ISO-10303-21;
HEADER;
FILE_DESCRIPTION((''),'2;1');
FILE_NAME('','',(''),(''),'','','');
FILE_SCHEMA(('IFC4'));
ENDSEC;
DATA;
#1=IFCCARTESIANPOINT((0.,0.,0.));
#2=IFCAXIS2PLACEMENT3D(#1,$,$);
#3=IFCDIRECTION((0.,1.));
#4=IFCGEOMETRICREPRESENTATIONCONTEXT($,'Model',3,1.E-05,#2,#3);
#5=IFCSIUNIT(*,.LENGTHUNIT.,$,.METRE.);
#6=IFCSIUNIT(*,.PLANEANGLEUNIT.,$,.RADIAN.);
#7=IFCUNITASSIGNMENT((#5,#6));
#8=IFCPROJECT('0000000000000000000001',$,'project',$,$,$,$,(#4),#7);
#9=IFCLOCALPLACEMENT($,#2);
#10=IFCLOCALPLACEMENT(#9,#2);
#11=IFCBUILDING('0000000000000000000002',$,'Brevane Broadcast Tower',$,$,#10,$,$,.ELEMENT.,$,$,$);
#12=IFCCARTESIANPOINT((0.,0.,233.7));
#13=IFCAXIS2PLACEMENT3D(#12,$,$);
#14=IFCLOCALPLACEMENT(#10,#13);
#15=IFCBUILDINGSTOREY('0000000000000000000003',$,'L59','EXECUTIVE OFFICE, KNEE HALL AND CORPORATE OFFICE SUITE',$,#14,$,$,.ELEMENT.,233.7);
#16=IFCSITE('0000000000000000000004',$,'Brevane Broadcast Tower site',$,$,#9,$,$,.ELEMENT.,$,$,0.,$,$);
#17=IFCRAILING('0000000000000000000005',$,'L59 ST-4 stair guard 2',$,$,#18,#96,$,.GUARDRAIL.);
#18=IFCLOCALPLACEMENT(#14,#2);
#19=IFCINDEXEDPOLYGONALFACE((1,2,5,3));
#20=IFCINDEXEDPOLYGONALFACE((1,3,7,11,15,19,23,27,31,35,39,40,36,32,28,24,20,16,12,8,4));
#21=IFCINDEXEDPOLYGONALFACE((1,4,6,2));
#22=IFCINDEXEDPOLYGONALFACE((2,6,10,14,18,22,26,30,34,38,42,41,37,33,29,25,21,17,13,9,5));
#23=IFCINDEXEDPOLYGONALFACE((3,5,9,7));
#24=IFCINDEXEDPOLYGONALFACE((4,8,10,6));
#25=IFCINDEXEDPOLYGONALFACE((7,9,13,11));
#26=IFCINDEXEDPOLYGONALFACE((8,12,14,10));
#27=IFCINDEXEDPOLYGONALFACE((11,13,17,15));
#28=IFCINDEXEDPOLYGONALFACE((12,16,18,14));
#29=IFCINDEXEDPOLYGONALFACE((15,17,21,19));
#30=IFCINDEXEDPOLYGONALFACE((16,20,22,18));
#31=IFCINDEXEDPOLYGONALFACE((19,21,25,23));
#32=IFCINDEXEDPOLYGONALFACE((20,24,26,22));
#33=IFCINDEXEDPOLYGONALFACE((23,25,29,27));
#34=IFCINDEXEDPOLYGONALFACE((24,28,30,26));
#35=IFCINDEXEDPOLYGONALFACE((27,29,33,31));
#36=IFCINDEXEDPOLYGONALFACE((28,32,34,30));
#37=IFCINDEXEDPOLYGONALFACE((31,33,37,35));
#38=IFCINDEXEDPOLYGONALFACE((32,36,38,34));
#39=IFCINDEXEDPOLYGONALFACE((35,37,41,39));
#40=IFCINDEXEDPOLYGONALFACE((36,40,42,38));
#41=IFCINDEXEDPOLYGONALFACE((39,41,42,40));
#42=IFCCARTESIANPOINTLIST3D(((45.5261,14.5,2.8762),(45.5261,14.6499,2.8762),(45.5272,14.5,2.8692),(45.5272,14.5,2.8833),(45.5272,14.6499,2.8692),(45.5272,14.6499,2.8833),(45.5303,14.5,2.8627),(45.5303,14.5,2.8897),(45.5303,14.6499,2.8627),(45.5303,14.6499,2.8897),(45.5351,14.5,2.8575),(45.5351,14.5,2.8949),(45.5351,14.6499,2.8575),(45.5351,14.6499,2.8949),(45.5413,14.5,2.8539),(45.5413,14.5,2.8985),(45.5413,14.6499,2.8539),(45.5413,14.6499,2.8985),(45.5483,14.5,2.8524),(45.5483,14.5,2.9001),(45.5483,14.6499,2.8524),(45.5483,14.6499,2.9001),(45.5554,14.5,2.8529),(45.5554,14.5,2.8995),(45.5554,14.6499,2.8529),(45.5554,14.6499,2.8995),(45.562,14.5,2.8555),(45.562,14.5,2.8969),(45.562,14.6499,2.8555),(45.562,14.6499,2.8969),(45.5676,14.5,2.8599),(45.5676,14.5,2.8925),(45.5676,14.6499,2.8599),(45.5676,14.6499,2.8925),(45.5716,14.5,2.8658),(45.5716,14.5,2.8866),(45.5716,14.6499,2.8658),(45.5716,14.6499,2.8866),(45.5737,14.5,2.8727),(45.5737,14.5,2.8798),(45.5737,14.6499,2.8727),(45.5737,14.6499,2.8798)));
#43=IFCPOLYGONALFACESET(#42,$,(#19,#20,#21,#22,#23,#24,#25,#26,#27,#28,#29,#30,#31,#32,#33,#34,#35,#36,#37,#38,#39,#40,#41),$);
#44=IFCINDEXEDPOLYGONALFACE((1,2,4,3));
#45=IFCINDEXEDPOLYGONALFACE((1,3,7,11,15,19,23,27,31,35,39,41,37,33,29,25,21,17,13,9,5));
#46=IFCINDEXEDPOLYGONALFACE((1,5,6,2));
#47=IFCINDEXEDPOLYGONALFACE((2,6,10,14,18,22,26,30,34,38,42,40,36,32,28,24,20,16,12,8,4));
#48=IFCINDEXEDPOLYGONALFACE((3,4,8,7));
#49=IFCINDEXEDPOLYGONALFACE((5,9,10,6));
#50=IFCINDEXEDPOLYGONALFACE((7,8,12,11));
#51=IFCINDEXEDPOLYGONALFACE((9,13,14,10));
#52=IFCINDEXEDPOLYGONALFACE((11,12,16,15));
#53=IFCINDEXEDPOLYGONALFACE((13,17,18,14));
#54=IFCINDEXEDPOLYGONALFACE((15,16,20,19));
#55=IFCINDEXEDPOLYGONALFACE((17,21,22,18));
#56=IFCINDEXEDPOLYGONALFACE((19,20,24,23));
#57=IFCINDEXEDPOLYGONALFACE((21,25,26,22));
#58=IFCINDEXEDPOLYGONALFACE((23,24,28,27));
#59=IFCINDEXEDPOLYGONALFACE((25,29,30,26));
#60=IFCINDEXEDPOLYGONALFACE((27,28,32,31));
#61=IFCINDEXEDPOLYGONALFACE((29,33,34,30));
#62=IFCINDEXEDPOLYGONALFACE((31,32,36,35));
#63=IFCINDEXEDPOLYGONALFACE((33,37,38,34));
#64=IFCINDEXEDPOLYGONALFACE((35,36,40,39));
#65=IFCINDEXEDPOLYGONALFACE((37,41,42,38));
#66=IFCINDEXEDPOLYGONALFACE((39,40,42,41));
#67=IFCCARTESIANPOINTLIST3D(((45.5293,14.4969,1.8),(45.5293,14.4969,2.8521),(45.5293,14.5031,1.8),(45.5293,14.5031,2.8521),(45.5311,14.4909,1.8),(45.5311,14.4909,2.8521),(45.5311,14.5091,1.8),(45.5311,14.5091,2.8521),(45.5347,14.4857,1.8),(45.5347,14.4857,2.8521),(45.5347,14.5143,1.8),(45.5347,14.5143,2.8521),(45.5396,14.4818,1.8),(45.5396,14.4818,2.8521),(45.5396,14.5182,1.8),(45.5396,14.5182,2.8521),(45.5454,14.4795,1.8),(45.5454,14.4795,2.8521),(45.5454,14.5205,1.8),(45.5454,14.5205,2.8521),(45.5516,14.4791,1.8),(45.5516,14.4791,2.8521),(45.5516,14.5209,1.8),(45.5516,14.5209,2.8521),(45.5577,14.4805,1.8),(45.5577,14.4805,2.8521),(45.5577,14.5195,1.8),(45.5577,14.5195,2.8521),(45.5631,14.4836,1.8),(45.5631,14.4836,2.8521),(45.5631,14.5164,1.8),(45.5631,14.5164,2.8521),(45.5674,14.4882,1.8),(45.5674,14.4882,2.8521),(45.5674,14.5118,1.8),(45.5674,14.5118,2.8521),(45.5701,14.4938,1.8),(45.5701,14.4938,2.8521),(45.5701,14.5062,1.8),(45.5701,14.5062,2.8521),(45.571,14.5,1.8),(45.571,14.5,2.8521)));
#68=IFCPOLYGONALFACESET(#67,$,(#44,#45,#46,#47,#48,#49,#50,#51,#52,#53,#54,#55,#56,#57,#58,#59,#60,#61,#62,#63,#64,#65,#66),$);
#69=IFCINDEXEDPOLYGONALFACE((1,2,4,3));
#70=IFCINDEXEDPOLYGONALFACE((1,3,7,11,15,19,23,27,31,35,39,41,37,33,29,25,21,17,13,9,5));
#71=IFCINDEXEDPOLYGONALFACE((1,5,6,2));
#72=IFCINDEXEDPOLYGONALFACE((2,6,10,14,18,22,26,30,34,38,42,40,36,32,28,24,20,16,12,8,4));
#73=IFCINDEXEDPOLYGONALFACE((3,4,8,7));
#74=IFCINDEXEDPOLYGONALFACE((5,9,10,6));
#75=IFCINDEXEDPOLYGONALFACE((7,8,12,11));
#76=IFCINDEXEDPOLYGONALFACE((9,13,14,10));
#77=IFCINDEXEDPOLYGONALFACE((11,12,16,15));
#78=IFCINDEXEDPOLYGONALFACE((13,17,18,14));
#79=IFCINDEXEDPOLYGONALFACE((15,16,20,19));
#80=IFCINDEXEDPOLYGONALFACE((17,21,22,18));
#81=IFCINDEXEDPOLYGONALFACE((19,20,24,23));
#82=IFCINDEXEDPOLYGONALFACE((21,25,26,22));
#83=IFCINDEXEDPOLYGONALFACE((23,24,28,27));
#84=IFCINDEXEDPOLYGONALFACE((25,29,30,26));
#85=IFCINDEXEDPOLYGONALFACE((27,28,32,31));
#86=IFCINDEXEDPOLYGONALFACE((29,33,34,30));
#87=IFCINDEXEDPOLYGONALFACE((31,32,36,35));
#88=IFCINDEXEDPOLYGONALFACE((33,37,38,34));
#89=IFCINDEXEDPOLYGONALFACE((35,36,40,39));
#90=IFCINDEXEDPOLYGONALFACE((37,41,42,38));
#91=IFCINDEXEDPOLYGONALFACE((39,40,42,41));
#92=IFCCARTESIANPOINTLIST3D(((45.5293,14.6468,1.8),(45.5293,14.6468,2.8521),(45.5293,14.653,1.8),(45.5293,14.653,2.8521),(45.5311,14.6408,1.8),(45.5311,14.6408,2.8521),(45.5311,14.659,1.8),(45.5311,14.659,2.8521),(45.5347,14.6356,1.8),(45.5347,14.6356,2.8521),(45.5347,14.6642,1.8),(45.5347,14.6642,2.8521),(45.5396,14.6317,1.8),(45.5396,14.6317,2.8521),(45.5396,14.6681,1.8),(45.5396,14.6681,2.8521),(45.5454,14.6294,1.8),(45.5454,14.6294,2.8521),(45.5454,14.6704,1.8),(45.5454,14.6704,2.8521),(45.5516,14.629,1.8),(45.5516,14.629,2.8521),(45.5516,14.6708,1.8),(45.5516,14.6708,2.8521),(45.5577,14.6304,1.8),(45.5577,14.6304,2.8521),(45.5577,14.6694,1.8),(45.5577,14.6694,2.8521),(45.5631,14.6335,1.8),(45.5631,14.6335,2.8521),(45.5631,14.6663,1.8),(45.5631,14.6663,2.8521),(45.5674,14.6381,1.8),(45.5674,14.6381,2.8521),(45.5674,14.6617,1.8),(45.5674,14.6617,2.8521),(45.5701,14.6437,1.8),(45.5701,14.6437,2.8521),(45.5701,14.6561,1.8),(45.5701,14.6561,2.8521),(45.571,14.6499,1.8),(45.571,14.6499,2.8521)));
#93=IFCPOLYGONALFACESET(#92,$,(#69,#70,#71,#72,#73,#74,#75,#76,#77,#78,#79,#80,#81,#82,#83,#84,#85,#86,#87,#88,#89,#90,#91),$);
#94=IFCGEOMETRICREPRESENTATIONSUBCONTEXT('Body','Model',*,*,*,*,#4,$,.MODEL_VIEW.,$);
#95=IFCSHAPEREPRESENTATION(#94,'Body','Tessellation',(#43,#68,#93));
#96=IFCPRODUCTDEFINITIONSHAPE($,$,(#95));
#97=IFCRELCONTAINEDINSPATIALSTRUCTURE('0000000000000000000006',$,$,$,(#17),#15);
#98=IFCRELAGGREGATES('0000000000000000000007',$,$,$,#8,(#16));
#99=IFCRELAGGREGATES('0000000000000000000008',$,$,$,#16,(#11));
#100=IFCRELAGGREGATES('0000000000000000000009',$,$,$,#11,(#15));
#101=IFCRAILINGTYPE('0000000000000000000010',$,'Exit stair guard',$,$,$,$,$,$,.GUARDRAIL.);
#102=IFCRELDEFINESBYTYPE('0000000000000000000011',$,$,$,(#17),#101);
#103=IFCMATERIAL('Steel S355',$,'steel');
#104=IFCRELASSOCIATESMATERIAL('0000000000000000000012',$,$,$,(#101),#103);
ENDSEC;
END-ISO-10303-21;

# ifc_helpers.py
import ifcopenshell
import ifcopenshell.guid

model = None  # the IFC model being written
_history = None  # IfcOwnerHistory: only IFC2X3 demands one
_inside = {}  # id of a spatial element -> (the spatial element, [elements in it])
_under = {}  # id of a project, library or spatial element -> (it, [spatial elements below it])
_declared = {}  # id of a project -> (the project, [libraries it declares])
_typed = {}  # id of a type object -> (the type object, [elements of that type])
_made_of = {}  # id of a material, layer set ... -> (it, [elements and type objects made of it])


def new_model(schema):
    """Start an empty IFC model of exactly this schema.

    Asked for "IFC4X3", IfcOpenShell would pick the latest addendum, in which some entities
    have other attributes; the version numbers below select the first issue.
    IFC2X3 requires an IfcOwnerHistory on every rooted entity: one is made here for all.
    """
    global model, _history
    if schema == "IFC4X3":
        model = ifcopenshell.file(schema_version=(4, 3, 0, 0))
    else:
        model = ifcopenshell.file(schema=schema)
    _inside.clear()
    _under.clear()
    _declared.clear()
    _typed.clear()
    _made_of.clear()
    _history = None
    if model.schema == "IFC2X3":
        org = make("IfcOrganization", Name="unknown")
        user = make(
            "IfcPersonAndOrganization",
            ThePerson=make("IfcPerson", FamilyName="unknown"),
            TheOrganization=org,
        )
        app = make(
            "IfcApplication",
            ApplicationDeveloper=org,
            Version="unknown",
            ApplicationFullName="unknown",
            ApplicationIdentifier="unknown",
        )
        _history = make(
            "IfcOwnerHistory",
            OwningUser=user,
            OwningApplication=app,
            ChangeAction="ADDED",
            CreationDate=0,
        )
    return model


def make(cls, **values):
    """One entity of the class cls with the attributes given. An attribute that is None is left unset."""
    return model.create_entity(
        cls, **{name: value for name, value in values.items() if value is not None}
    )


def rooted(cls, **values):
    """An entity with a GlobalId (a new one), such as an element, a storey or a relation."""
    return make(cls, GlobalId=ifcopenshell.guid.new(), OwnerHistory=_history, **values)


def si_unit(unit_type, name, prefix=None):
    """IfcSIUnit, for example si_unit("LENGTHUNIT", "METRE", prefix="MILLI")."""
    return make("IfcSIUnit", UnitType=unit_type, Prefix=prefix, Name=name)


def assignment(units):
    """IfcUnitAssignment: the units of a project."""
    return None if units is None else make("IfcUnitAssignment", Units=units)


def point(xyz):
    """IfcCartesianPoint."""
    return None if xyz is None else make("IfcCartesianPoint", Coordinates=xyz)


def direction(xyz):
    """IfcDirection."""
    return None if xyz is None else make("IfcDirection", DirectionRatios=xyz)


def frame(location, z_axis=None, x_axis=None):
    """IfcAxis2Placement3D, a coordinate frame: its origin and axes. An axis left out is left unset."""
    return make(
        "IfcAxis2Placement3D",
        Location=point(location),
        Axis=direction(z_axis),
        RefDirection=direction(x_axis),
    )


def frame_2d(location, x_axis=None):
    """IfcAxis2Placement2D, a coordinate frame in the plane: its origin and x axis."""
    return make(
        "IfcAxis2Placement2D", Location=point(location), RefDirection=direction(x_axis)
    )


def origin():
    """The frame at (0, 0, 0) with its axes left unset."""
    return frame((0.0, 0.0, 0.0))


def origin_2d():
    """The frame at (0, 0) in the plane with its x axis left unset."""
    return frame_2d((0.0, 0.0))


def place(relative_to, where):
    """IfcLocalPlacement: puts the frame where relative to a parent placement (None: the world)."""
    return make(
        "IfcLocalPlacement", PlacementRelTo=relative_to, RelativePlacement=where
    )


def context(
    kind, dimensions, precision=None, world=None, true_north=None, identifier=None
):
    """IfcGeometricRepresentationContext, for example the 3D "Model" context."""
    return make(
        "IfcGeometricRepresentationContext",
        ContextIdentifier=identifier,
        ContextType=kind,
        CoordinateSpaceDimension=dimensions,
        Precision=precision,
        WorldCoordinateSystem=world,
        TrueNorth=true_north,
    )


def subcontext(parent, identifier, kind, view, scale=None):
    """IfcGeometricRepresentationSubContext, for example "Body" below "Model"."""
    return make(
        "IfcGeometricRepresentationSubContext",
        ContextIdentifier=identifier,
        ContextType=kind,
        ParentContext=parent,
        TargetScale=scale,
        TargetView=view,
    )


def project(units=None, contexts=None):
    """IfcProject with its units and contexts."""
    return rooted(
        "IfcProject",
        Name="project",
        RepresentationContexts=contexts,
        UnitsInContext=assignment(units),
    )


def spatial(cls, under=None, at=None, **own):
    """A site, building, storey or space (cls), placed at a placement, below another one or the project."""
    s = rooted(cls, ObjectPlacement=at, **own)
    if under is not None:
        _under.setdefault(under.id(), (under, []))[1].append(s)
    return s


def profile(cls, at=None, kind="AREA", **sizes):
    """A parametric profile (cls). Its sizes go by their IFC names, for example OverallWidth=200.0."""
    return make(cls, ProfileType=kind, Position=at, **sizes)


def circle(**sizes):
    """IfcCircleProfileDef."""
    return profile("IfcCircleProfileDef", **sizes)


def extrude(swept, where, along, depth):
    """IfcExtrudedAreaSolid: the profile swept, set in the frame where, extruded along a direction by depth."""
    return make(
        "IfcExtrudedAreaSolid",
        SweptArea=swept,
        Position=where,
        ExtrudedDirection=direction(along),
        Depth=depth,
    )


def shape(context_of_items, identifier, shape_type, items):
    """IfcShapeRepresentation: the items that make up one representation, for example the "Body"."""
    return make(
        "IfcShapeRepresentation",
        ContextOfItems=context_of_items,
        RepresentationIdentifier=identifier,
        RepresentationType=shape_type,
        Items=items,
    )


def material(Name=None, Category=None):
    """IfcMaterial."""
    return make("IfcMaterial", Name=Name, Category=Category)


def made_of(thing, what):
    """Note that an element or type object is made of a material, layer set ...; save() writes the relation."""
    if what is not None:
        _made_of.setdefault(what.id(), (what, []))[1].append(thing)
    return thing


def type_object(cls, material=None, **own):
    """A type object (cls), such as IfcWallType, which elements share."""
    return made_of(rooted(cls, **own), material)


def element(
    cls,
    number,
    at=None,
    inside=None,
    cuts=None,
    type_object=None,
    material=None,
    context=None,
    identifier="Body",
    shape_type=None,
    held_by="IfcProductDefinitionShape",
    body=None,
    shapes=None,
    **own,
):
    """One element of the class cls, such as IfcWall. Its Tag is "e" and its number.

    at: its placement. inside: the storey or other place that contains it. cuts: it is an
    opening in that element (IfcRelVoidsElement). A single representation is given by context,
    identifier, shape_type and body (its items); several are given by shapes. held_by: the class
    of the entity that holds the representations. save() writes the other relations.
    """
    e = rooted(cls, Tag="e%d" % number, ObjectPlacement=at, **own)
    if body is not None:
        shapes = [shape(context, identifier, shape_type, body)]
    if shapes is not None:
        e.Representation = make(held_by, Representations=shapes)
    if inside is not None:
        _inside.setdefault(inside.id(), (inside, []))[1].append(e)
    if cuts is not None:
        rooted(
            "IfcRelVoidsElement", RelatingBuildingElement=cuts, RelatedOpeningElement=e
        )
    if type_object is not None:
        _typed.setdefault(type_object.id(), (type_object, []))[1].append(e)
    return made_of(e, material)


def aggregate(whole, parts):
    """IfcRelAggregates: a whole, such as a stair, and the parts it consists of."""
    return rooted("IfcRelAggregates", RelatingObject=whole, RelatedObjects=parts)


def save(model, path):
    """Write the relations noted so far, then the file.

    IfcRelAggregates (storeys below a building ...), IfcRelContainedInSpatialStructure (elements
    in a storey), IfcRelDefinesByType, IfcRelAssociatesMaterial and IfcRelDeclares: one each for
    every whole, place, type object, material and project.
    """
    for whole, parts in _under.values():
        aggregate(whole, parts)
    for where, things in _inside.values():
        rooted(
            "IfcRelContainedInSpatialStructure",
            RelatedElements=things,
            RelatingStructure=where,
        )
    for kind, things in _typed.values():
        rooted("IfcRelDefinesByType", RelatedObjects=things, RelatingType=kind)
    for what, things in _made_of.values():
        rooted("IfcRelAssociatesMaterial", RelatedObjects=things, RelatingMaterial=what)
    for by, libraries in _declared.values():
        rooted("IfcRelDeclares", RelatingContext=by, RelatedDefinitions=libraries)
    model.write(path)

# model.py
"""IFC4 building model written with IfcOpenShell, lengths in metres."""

from ifc_helpers import new_model, si_unit, direction, frame, origin, origin_2d, place, context, subcontext, project, spatial, circle, extrude, material, type_object, element, save


model = new_model("IFC4")

# Units and contexts
model_context = context("Model", 3, precision=1e-05, world=origin(), true_north=direction((0.0, 1.0)))
body_context = subcontext(model_context, "Body", "Model", "MODEL_VIEW")
ifc_project = project(units=[si_unit("LENGTHUNIT", "METRE"), si_unit("PLANEANGLEUNIT", "RADIAN")], contexts=[model_context])

# Site, building, storey
site_placement = place(None, origin())
site = spatial("IfcSite", under=ifc_project, at=site_placement, Name="Brevane Broadcast Tower site", CompositionType="ELEMENT", RefElevation=0.0)
building_placement = place(site_placement, origin())
building = spatial("IfcBuilding", under=site, at=building_placement, Name="Brevane Broadcast Tower", CompositionType="ELEMENT")
storey_placement = place(building_placement, frame((0.0, 0.0, 233.7)))
storey = spatial("IfcBuildingStorey", under=building, at=storey_placement, Name="L59", Description="EXECUTIVE OFFICE, KNEE HALL AND CORPORATE OFFICE SUITE", CompositionType="ELEMENT", Elevation=233.7)

# Railing
ifc_material_1 = material(Name="Steel S355", Category="steel")
railing_type_1 = type_object("IfcRailingType", Name="Exit stair guard", PredefinedType="GUARDRAIL", material=ifc_material_1)
railing_1_placement = place(storey_placement, frame((45.55, 14.5, 1.8)))
element("IfcRailing", 1, at=railing_1_placement, inside=storey, type_object=railing_type_1, Name="L59 ST-4 stair guard 2", PredefinedType="GUARDRAIL", context=body_context, shape_type="SweptSolid", body=[
    extrude(circle(Radius=0.0239, at=origin_2d()), frame((0.0, 0.0, 1.0762), z_axis=(0.0, 1.0, 0.0), x_axis=(-1.0, 0.0, 0.0)), (0.0, 0.0, 1.0), 0.1499),
    extrude(circle(Radius=0.021, at=origin_2d()), origin(), (0.0, 0.0, 1.0), 1.052),
    extrude(circle(Radius=0.021, at=origin_2d()), frame((0.0, 0.1499, 0.0)), (0.0, 0.0, 1.0), 1.052),
])

save(model, "model.ifc")
